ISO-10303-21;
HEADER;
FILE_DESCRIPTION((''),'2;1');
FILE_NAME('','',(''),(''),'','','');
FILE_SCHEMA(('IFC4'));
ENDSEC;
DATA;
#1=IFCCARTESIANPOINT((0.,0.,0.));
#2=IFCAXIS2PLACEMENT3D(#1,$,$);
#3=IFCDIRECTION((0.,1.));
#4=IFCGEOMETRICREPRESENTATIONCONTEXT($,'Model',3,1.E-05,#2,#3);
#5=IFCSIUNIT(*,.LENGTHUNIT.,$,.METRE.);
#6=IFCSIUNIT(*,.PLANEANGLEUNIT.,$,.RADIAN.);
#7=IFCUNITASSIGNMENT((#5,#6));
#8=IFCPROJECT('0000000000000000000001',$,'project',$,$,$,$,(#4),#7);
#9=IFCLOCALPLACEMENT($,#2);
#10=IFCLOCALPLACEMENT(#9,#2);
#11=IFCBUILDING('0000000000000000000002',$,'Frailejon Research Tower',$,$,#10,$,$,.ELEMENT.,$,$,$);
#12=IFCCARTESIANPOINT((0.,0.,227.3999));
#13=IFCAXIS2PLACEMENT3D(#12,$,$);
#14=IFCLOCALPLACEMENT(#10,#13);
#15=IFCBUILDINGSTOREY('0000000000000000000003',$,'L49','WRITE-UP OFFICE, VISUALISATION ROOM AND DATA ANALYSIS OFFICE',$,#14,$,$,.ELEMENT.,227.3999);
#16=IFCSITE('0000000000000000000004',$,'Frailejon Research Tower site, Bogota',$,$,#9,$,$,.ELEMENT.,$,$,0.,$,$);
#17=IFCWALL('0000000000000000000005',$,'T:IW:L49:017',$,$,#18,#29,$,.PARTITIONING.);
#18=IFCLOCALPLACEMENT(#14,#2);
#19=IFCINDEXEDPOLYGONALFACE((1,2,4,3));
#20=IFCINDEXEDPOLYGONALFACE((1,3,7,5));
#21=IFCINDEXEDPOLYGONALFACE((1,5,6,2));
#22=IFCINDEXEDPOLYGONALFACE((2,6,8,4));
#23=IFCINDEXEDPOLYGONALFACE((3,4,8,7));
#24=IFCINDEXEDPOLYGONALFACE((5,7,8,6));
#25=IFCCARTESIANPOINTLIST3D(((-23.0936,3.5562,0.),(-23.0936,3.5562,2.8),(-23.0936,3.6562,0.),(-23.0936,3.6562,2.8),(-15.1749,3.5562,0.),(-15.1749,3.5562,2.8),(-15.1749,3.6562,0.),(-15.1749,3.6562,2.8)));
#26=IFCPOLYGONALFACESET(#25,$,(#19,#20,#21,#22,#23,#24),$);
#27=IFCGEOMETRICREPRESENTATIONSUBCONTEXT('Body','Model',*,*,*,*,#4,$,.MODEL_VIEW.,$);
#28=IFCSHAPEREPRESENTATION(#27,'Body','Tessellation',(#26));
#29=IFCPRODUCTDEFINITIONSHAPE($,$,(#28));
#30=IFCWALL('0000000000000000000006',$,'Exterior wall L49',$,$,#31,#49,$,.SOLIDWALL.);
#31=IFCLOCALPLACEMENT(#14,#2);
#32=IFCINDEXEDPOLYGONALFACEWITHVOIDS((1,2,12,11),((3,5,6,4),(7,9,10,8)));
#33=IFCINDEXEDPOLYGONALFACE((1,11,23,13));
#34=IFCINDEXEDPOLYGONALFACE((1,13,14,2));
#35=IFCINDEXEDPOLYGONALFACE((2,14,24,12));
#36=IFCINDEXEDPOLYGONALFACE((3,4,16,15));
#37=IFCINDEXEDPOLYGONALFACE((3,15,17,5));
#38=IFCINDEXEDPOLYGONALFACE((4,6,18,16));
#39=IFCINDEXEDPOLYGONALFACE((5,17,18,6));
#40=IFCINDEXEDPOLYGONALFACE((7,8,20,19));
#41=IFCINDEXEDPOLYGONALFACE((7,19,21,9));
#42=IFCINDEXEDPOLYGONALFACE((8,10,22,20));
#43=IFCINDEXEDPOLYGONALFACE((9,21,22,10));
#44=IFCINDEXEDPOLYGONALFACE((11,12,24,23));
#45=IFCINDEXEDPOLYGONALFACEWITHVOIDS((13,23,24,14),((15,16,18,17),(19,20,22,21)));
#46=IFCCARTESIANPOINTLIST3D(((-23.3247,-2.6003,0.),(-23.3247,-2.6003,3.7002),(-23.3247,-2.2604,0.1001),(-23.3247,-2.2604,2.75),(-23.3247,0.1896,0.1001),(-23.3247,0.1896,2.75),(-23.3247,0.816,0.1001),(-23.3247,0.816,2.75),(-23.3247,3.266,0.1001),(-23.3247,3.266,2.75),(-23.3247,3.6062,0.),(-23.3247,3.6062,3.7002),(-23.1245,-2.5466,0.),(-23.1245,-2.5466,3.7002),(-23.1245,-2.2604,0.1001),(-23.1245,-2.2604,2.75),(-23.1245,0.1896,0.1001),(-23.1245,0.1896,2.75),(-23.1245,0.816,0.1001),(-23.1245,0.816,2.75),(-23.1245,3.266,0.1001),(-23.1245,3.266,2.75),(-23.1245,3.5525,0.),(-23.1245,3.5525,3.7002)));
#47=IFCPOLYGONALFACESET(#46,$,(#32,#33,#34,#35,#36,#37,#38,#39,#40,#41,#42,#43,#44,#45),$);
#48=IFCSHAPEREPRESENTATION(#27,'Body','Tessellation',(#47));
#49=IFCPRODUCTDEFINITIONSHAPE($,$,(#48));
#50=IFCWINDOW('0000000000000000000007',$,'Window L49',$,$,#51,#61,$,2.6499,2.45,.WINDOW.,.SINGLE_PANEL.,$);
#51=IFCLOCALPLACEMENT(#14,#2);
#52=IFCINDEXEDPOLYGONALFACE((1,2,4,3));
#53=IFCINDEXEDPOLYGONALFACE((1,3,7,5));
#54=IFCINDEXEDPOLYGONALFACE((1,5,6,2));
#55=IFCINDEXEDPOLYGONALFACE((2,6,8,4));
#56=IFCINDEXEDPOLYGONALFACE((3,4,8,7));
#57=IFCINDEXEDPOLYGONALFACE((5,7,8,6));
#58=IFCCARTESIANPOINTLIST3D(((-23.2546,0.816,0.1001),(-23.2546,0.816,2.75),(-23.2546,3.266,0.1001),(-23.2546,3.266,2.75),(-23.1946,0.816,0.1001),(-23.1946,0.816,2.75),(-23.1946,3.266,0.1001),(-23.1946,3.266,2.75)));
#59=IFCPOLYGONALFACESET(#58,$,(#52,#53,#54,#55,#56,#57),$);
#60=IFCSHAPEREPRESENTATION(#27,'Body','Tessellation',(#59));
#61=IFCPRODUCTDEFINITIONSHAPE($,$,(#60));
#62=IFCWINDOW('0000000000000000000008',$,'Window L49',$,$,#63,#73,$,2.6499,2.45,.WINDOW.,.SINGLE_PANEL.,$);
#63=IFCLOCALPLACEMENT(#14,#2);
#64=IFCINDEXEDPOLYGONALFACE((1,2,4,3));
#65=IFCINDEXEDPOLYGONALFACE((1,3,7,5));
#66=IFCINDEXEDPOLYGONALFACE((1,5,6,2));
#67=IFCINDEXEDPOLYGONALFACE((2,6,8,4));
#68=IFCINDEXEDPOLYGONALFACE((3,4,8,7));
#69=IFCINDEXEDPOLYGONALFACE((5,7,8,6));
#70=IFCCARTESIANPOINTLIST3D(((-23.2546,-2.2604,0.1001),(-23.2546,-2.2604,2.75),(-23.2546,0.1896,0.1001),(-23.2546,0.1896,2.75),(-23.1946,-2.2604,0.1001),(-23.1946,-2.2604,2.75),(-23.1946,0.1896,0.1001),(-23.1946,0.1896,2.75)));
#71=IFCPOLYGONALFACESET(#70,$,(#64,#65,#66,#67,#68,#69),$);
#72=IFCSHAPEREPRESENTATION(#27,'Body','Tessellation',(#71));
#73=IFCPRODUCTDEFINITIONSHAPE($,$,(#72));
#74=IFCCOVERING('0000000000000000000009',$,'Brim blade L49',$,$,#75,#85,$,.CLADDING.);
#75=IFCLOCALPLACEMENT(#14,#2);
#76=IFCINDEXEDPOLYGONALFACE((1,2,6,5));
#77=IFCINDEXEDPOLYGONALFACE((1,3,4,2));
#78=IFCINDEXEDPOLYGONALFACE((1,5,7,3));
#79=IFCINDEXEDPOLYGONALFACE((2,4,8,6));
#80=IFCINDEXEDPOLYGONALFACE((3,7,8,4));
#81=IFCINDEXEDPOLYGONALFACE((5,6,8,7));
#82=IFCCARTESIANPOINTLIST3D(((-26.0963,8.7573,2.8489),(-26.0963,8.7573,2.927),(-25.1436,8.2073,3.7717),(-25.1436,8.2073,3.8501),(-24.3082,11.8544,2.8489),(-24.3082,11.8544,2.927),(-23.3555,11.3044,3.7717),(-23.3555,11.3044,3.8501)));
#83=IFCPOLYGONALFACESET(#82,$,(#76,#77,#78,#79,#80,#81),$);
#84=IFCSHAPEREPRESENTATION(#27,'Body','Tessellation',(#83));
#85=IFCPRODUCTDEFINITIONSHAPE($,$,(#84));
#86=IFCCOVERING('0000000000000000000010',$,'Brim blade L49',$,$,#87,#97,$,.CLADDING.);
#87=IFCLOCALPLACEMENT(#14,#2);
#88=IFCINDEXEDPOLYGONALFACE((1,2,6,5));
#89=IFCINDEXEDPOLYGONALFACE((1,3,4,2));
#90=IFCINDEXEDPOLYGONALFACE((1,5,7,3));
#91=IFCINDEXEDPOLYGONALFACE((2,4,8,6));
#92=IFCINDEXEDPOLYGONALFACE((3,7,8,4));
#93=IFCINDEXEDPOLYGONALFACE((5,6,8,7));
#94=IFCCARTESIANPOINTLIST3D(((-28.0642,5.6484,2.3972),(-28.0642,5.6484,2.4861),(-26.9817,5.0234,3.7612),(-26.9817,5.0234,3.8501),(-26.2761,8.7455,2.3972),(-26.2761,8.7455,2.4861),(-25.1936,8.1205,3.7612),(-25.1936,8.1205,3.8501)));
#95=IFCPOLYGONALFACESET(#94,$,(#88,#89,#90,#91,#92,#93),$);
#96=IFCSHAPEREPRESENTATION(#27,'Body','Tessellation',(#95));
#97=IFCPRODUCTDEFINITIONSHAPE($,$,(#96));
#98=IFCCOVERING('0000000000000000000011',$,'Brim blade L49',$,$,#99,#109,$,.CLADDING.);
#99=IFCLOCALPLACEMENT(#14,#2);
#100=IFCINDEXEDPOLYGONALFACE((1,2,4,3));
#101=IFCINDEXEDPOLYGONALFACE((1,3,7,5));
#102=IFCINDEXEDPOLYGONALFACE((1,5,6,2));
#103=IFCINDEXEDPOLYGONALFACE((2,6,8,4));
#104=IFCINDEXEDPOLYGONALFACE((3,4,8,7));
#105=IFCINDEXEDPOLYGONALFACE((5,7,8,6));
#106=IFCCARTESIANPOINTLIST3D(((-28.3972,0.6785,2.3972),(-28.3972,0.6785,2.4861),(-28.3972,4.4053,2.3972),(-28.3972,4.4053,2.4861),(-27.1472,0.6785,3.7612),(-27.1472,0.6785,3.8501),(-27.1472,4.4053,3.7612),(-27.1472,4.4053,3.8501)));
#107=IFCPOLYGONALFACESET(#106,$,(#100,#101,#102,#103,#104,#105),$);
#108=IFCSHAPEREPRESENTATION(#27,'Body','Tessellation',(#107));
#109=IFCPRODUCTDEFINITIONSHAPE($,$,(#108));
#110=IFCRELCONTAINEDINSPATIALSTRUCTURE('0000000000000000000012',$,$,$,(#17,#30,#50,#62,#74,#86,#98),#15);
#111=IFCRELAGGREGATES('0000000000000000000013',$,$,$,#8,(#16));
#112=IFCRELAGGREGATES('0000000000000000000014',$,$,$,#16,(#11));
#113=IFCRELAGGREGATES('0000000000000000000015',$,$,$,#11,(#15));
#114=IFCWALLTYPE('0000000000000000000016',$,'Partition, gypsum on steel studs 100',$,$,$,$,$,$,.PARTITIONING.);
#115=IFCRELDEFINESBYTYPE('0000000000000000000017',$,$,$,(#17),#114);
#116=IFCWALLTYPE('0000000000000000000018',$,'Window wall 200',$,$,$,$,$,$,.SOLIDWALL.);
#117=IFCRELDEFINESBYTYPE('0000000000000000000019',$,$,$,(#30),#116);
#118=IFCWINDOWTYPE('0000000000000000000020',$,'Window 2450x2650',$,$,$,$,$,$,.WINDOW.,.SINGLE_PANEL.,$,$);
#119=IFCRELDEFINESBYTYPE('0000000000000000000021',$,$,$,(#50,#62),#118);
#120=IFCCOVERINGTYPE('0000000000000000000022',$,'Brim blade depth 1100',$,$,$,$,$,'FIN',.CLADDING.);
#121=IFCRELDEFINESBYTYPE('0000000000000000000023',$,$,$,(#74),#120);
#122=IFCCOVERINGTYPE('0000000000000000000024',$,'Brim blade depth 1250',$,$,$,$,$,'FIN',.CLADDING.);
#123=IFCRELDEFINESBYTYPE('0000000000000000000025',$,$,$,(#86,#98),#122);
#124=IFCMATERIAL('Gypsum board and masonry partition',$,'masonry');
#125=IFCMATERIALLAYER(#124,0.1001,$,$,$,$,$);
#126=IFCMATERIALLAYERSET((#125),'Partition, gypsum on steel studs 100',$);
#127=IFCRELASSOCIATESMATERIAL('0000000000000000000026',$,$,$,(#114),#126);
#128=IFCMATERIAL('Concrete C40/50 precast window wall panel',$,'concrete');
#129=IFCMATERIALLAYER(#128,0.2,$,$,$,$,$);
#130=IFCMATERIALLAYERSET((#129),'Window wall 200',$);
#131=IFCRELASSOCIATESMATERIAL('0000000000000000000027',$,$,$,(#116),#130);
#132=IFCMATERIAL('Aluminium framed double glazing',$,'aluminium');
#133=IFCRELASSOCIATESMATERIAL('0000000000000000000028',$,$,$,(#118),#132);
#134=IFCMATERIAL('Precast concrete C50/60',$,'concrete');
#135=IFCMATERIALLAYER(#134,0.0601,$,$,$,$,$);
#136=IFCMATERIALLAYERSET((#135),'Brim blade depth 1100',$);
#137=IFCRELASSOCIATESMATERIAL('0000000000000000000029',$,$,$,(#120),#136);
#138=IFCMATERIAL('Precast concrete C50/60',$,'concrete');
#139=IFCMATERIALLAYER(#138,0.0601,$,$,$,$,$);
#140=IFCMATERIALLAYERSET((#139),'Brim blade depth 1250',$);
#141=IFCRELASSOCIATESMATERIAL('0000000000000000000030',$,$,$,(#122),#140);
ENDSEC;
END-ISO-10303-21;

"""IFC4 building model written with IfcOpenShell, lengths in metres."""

from ifc_helpers import new_model, si_unit, direction, frame, frame_2d, origin, place, context, subcontext, project, spatial, polyline, rectangle, outline, extrude, material, layer, layer_set, type_object, element, fill, save


model = new_model("IFC4")

# Units and contexts
model_context = context("Model", 3, precision=1e-05, world=origin(), true_north=direction((0.0, 1.0)))
body_context = subcontext(model_context, "Body", "Model", "MODEL_VIEW")
ifc_project = project(units=[si_unit("LENGTHUNIT", "METRE"), si_unit("PLANEANGLEUNIT", "RADIAN")], contexts=[model_context])

# Site, building, storey
site_placement = place(None, origin())
site = spatial("IfcSite", under=ifc_project, at=site_placement, Name="Frailejon Research Tower site, Bogota", CompositionType="ELEMENT", RefElevation=0.0)
building_placement = place(site_placement, origin())
building = spatial("IfcBuilding", under=site, at=building_placement, Name="Frailejon Research Tower", CompositionType="ELEMENT")
storey_placement = place(building_placement, frame((0.0, 0.0, 227.3999)))
storey = spatial("IfcBuildingStorey", under=building, at=storey_placement, Name="L49", Description="WRITE-UP OFFICE, VISUALISATION ROOM AND DATA ANALYSIS OFFICE", CompositionType="ELEMENT", Elevation=227.3999)

# Wall
ifc_material_1 = material(Name="Gypsum board and masonry partition", Category="masonry")
ifc_layer_1 = layer(ifc_material_1, 0.1001)
ifc_layer_set_1 = layer_set([ifc_layer_1], Name="Partition, gypsum on steel studs 100")
wall_type_1 = type_object("IfcWallType", Name="Partition, gypsum on steel studs 100", PredefinedType="PARTITIONING", material=ifc_layer_set_1)
wall_1_placement = place(storey_placement, frame((-23.0938, 3.6062, 0.0), z_axis=(0.0, 0.0, 1.0), x_axis=(1.0, 0.0, 0.0)))
element("IfcWall", 1, at=wall_1_placement, inside=storey, type_object=wall_type_1, Name="T:IW:L49:017", PredefinedType="PARTITIONING", context=body_context, shape_type="SweptSolid", body=[
    extrude(rectangle(XDim=7.9187, YDim=0.1001, at=frame_2d((3.9595, 0.0))), origin(), (0.0, 0.0, 1.0), 2.8),
])

# Wall, openings, windows
ifc_material_2 = material(Name="Concrete C40/50 precast window wall panel", Category="concrete")
ifc_layer_2 = layer(ifc_material_2, 0.2)
ifc_layer_set_2 = layer_set([ifc_layer_2], Name="Window wall 200")
wall_type_2 = type_object("IfcWallType", Name="Window wall 200", PredefinedType="SOLIDWALL", material=ifc_layer_set_2)
wall_2_placement = place(storey_placement, frame((-23.2246, 3.5793, 0.0), z_axis=(0.0, 0.0, 1.0), x_axis=(0.0, -1.0, 0.0)))
wall_2 = element("IfcWall", 2, at=wall_2_placement, inside=storey, type_object=wall_type_2, Name="Exterior wall L49", PredefinedType="SOLIDWALL", context=body_context, shape_type="SweptSolid", body=[
    extrude(outline(polyline([(-0.0269, -0.1001), (1.0076, -0.1001), (2.042, -0.1001), (3.0764, -0.1001), (4.1108, -0.1001), (5.1453, -0.1001), (6.1797, -0.1001), (6.126, 0.1001), (5.1094, 0.1001), (4.093, 0.1001), (3.0764, 0.1001), (2.0598, 0.1001), (1.0435, 0.1001), (0.0269, 0.1001), (-0.0269, -0.1001)])), origin(), (0.0, 0.0, 1.0), 3.7002),
])
opening_1_placement = place(wall_2_placement, frame((0.3132, 0.0, 0.1001)))
opening_1 = element("IfcOpeningElement", 3, at=opening_1_placement, cuts=wall_2, PredefinedType="OPENING", context=body_context, shape_type="SweptSolid", body=[
    extrude(rectangle(XDim=2.45, YDim=2.6499, at=frame_2d((1.2251, 1.325))), frame((0.0, 0.1099, 0.0), z_axis=(0.0, -1.0, 0.0), x_axis=(1.0, 0.0, 0.0)), (0.0, 0.0, 1.0), 0.22),
])
opening_2_placement = place(wall_2_placement, frame((3.3896, 0.0, 0.1001)))
opening_2 = element("IfcOpeningElement", 4, at=opening_2_placement, cuts=wall_2, PredefinedType="OPENING", context=body_context, shape_type="SweptSolid", body=[
    extrude(rectangle(XDim=2.45, YDim=2.6499, at=frame_2d((1.2251, 1.325))), frame((0.0, 0.1099, 0.0), z_axis=(0.0, -1.0, 0.0), x_axis=(1.0, 0.0, 0.0)), (0.0, 0.0, 1.0), 0.22),
])
ifc_material_3 = material(Name="Aluminium framed double glazing", Category="aluminium")
window_type = type_object("IfcWindowType", Name="Window 2450x2650", PartitioningType="SINGLE_PANEL", PredefinedType="WINDOW", material=ifc_material_3)
window_1_placement = place(opening_1_placement, origin())
window_1 = element("IfcWindow", 5, at=window_1_placement, inside=storey, type_object=window_type, Name="Window L49", OverallHeight=2.6499, OverallWidth=2.45, PartitioningType="SINGLE_PANEL", PredefinedType="WINDOW", context=body_context, shape_type="SweptSolid", body=[
    extrude(rectangle(XDim=2.45, YDim=2.6499, at=frame_2d((1.2251, 1.325))), frame((0.0, 0.03, 0.0), z_axis=(0.0, -1.0, 0.0), x_axis=(1.0, 0.0, 0.0)), (0.0, 0.0, 1.0), 0.0601),
])
fill(opening_1, window_1)
window_2_placement = place(opening_2_placement, origin())
window_2 = element("IfcWindow", 6, at=window_2_placement, inside=storey, type_object=window_type, Name="Window L49", OverallHeight=2.6499, OverallWidth=2.45, PartitioningType="SINGLE_PANEL", PredefinedType="WINDOW", context=body_context, shape_type="SweptSolid", body=[
    extrude(rectangle(XDim=2.45, YDim=2.6499, at=frame_2d((1.2251, 1.325))), frame((0.0, 0.03, 0.0), z_axis=(0.0, -1.0, 0.0), x_axis=(1.0, 0.0, 0.0)), (0.0, 0.0, 1.0), 0.0601),
])
fill(opening_2, window_2)

# Coverings
ifc_material_4 = material(Name="Precast concrete C50/60", Category="concrete")
ifc_layer_3 = layer(ifc_material_4, 0.0601)
ifc_layer_set_3 = layer_set([ifc_layer_3], Name="Brim blade depth 1100")
covering_type_1 = type_object("IfcCoveringType", Name="Brim blade depth 1100", ElementType="FIN", PredefinedType="CLADDING", material=ifc_layer_set_3)
covering_1_placement = place(storey_placement, frame((-25.1436, 8.2073, 3.8501), z_axis=(0.499989, 0.866032, 0.0), x_axis=(-0.866032, 0.499989, 0.0)))
element("IfcCovering", 7, at=covering_1_placement, inside=storey, type_object=covering_type_1, Name="Brim blade L49", PredefinedType="CLADDING", context=body_context, shape_type="SweptSolid", body=[
    extrude(outline(polyline([(0.0, -0.0784), (1.1001, -1.0012), (1.1001, -0.9231), (0.0, 0.0), (0.0, -0.0784)])), origin(), (0.0, 0.0, 1.0), 3.5762),
])
ifc_material_5 = material(Name="Precast concrete C50/60", Category="concrete")
ifc_layer_4 = layer(ifc_material_5, 0.0601)
ifc_layer_set_4 = layer_set([ifc_layer_4], Name="Brim blade depth 1250")
covering_type_2 = type_object("IfcCoveringType", Name="Brim blade depth 1250", ElementType="FIN", PredefinedType="CLADDING", material=ifc_layer_set_4)
covering_2_placement = place(storey_placement, frame((-26.9817, 5.0234, 3.8501), z_axis=(0.499998, 0.866027, 0.0), x_axis=(-0.866027, 0.499998, 0.0)))
element("IfcCovering", 8, at=covering_2_placement, inside=storey, type_object=covering_type_2, Name="Brim blade L49", PredefinedType="CLADDING", context=body_context, shape_type="SweptSolid", body=[
    extrude(outline(polyline([(0.0, -0.0889), (1.25, -1.4529), (1.25, -1.364), (0.0, 0.0), (0.0, -0.0889)])), origin(), (0.0, 0.0, 1.0), 3.5762),
])
covering_3_placement = place(storey_placement, frame((-27.1472, 0.6785, 3.8501), z_axis=(0.0, 1.0, 0.0), x_axis=(-1.0, 0.0, 0.0)))
element("IfcCovering", 9, at=covering_3_placement, inside=storey, type_object=covering_type_2, Name="Brim blade L49", PredefinedType="CLADDING", context=body_context, shape_type="SweptSolid", body=[
    extrude(outline(polyline([(0.0, -0.0889), (1.25, -1.4529), (1.25, -1.364), (0.0, 0.0), (0.0, -0.0889)])), origin(), (0.0, 0.0, 1.0), 3.7268),
])

save(model, "model.ifc")
